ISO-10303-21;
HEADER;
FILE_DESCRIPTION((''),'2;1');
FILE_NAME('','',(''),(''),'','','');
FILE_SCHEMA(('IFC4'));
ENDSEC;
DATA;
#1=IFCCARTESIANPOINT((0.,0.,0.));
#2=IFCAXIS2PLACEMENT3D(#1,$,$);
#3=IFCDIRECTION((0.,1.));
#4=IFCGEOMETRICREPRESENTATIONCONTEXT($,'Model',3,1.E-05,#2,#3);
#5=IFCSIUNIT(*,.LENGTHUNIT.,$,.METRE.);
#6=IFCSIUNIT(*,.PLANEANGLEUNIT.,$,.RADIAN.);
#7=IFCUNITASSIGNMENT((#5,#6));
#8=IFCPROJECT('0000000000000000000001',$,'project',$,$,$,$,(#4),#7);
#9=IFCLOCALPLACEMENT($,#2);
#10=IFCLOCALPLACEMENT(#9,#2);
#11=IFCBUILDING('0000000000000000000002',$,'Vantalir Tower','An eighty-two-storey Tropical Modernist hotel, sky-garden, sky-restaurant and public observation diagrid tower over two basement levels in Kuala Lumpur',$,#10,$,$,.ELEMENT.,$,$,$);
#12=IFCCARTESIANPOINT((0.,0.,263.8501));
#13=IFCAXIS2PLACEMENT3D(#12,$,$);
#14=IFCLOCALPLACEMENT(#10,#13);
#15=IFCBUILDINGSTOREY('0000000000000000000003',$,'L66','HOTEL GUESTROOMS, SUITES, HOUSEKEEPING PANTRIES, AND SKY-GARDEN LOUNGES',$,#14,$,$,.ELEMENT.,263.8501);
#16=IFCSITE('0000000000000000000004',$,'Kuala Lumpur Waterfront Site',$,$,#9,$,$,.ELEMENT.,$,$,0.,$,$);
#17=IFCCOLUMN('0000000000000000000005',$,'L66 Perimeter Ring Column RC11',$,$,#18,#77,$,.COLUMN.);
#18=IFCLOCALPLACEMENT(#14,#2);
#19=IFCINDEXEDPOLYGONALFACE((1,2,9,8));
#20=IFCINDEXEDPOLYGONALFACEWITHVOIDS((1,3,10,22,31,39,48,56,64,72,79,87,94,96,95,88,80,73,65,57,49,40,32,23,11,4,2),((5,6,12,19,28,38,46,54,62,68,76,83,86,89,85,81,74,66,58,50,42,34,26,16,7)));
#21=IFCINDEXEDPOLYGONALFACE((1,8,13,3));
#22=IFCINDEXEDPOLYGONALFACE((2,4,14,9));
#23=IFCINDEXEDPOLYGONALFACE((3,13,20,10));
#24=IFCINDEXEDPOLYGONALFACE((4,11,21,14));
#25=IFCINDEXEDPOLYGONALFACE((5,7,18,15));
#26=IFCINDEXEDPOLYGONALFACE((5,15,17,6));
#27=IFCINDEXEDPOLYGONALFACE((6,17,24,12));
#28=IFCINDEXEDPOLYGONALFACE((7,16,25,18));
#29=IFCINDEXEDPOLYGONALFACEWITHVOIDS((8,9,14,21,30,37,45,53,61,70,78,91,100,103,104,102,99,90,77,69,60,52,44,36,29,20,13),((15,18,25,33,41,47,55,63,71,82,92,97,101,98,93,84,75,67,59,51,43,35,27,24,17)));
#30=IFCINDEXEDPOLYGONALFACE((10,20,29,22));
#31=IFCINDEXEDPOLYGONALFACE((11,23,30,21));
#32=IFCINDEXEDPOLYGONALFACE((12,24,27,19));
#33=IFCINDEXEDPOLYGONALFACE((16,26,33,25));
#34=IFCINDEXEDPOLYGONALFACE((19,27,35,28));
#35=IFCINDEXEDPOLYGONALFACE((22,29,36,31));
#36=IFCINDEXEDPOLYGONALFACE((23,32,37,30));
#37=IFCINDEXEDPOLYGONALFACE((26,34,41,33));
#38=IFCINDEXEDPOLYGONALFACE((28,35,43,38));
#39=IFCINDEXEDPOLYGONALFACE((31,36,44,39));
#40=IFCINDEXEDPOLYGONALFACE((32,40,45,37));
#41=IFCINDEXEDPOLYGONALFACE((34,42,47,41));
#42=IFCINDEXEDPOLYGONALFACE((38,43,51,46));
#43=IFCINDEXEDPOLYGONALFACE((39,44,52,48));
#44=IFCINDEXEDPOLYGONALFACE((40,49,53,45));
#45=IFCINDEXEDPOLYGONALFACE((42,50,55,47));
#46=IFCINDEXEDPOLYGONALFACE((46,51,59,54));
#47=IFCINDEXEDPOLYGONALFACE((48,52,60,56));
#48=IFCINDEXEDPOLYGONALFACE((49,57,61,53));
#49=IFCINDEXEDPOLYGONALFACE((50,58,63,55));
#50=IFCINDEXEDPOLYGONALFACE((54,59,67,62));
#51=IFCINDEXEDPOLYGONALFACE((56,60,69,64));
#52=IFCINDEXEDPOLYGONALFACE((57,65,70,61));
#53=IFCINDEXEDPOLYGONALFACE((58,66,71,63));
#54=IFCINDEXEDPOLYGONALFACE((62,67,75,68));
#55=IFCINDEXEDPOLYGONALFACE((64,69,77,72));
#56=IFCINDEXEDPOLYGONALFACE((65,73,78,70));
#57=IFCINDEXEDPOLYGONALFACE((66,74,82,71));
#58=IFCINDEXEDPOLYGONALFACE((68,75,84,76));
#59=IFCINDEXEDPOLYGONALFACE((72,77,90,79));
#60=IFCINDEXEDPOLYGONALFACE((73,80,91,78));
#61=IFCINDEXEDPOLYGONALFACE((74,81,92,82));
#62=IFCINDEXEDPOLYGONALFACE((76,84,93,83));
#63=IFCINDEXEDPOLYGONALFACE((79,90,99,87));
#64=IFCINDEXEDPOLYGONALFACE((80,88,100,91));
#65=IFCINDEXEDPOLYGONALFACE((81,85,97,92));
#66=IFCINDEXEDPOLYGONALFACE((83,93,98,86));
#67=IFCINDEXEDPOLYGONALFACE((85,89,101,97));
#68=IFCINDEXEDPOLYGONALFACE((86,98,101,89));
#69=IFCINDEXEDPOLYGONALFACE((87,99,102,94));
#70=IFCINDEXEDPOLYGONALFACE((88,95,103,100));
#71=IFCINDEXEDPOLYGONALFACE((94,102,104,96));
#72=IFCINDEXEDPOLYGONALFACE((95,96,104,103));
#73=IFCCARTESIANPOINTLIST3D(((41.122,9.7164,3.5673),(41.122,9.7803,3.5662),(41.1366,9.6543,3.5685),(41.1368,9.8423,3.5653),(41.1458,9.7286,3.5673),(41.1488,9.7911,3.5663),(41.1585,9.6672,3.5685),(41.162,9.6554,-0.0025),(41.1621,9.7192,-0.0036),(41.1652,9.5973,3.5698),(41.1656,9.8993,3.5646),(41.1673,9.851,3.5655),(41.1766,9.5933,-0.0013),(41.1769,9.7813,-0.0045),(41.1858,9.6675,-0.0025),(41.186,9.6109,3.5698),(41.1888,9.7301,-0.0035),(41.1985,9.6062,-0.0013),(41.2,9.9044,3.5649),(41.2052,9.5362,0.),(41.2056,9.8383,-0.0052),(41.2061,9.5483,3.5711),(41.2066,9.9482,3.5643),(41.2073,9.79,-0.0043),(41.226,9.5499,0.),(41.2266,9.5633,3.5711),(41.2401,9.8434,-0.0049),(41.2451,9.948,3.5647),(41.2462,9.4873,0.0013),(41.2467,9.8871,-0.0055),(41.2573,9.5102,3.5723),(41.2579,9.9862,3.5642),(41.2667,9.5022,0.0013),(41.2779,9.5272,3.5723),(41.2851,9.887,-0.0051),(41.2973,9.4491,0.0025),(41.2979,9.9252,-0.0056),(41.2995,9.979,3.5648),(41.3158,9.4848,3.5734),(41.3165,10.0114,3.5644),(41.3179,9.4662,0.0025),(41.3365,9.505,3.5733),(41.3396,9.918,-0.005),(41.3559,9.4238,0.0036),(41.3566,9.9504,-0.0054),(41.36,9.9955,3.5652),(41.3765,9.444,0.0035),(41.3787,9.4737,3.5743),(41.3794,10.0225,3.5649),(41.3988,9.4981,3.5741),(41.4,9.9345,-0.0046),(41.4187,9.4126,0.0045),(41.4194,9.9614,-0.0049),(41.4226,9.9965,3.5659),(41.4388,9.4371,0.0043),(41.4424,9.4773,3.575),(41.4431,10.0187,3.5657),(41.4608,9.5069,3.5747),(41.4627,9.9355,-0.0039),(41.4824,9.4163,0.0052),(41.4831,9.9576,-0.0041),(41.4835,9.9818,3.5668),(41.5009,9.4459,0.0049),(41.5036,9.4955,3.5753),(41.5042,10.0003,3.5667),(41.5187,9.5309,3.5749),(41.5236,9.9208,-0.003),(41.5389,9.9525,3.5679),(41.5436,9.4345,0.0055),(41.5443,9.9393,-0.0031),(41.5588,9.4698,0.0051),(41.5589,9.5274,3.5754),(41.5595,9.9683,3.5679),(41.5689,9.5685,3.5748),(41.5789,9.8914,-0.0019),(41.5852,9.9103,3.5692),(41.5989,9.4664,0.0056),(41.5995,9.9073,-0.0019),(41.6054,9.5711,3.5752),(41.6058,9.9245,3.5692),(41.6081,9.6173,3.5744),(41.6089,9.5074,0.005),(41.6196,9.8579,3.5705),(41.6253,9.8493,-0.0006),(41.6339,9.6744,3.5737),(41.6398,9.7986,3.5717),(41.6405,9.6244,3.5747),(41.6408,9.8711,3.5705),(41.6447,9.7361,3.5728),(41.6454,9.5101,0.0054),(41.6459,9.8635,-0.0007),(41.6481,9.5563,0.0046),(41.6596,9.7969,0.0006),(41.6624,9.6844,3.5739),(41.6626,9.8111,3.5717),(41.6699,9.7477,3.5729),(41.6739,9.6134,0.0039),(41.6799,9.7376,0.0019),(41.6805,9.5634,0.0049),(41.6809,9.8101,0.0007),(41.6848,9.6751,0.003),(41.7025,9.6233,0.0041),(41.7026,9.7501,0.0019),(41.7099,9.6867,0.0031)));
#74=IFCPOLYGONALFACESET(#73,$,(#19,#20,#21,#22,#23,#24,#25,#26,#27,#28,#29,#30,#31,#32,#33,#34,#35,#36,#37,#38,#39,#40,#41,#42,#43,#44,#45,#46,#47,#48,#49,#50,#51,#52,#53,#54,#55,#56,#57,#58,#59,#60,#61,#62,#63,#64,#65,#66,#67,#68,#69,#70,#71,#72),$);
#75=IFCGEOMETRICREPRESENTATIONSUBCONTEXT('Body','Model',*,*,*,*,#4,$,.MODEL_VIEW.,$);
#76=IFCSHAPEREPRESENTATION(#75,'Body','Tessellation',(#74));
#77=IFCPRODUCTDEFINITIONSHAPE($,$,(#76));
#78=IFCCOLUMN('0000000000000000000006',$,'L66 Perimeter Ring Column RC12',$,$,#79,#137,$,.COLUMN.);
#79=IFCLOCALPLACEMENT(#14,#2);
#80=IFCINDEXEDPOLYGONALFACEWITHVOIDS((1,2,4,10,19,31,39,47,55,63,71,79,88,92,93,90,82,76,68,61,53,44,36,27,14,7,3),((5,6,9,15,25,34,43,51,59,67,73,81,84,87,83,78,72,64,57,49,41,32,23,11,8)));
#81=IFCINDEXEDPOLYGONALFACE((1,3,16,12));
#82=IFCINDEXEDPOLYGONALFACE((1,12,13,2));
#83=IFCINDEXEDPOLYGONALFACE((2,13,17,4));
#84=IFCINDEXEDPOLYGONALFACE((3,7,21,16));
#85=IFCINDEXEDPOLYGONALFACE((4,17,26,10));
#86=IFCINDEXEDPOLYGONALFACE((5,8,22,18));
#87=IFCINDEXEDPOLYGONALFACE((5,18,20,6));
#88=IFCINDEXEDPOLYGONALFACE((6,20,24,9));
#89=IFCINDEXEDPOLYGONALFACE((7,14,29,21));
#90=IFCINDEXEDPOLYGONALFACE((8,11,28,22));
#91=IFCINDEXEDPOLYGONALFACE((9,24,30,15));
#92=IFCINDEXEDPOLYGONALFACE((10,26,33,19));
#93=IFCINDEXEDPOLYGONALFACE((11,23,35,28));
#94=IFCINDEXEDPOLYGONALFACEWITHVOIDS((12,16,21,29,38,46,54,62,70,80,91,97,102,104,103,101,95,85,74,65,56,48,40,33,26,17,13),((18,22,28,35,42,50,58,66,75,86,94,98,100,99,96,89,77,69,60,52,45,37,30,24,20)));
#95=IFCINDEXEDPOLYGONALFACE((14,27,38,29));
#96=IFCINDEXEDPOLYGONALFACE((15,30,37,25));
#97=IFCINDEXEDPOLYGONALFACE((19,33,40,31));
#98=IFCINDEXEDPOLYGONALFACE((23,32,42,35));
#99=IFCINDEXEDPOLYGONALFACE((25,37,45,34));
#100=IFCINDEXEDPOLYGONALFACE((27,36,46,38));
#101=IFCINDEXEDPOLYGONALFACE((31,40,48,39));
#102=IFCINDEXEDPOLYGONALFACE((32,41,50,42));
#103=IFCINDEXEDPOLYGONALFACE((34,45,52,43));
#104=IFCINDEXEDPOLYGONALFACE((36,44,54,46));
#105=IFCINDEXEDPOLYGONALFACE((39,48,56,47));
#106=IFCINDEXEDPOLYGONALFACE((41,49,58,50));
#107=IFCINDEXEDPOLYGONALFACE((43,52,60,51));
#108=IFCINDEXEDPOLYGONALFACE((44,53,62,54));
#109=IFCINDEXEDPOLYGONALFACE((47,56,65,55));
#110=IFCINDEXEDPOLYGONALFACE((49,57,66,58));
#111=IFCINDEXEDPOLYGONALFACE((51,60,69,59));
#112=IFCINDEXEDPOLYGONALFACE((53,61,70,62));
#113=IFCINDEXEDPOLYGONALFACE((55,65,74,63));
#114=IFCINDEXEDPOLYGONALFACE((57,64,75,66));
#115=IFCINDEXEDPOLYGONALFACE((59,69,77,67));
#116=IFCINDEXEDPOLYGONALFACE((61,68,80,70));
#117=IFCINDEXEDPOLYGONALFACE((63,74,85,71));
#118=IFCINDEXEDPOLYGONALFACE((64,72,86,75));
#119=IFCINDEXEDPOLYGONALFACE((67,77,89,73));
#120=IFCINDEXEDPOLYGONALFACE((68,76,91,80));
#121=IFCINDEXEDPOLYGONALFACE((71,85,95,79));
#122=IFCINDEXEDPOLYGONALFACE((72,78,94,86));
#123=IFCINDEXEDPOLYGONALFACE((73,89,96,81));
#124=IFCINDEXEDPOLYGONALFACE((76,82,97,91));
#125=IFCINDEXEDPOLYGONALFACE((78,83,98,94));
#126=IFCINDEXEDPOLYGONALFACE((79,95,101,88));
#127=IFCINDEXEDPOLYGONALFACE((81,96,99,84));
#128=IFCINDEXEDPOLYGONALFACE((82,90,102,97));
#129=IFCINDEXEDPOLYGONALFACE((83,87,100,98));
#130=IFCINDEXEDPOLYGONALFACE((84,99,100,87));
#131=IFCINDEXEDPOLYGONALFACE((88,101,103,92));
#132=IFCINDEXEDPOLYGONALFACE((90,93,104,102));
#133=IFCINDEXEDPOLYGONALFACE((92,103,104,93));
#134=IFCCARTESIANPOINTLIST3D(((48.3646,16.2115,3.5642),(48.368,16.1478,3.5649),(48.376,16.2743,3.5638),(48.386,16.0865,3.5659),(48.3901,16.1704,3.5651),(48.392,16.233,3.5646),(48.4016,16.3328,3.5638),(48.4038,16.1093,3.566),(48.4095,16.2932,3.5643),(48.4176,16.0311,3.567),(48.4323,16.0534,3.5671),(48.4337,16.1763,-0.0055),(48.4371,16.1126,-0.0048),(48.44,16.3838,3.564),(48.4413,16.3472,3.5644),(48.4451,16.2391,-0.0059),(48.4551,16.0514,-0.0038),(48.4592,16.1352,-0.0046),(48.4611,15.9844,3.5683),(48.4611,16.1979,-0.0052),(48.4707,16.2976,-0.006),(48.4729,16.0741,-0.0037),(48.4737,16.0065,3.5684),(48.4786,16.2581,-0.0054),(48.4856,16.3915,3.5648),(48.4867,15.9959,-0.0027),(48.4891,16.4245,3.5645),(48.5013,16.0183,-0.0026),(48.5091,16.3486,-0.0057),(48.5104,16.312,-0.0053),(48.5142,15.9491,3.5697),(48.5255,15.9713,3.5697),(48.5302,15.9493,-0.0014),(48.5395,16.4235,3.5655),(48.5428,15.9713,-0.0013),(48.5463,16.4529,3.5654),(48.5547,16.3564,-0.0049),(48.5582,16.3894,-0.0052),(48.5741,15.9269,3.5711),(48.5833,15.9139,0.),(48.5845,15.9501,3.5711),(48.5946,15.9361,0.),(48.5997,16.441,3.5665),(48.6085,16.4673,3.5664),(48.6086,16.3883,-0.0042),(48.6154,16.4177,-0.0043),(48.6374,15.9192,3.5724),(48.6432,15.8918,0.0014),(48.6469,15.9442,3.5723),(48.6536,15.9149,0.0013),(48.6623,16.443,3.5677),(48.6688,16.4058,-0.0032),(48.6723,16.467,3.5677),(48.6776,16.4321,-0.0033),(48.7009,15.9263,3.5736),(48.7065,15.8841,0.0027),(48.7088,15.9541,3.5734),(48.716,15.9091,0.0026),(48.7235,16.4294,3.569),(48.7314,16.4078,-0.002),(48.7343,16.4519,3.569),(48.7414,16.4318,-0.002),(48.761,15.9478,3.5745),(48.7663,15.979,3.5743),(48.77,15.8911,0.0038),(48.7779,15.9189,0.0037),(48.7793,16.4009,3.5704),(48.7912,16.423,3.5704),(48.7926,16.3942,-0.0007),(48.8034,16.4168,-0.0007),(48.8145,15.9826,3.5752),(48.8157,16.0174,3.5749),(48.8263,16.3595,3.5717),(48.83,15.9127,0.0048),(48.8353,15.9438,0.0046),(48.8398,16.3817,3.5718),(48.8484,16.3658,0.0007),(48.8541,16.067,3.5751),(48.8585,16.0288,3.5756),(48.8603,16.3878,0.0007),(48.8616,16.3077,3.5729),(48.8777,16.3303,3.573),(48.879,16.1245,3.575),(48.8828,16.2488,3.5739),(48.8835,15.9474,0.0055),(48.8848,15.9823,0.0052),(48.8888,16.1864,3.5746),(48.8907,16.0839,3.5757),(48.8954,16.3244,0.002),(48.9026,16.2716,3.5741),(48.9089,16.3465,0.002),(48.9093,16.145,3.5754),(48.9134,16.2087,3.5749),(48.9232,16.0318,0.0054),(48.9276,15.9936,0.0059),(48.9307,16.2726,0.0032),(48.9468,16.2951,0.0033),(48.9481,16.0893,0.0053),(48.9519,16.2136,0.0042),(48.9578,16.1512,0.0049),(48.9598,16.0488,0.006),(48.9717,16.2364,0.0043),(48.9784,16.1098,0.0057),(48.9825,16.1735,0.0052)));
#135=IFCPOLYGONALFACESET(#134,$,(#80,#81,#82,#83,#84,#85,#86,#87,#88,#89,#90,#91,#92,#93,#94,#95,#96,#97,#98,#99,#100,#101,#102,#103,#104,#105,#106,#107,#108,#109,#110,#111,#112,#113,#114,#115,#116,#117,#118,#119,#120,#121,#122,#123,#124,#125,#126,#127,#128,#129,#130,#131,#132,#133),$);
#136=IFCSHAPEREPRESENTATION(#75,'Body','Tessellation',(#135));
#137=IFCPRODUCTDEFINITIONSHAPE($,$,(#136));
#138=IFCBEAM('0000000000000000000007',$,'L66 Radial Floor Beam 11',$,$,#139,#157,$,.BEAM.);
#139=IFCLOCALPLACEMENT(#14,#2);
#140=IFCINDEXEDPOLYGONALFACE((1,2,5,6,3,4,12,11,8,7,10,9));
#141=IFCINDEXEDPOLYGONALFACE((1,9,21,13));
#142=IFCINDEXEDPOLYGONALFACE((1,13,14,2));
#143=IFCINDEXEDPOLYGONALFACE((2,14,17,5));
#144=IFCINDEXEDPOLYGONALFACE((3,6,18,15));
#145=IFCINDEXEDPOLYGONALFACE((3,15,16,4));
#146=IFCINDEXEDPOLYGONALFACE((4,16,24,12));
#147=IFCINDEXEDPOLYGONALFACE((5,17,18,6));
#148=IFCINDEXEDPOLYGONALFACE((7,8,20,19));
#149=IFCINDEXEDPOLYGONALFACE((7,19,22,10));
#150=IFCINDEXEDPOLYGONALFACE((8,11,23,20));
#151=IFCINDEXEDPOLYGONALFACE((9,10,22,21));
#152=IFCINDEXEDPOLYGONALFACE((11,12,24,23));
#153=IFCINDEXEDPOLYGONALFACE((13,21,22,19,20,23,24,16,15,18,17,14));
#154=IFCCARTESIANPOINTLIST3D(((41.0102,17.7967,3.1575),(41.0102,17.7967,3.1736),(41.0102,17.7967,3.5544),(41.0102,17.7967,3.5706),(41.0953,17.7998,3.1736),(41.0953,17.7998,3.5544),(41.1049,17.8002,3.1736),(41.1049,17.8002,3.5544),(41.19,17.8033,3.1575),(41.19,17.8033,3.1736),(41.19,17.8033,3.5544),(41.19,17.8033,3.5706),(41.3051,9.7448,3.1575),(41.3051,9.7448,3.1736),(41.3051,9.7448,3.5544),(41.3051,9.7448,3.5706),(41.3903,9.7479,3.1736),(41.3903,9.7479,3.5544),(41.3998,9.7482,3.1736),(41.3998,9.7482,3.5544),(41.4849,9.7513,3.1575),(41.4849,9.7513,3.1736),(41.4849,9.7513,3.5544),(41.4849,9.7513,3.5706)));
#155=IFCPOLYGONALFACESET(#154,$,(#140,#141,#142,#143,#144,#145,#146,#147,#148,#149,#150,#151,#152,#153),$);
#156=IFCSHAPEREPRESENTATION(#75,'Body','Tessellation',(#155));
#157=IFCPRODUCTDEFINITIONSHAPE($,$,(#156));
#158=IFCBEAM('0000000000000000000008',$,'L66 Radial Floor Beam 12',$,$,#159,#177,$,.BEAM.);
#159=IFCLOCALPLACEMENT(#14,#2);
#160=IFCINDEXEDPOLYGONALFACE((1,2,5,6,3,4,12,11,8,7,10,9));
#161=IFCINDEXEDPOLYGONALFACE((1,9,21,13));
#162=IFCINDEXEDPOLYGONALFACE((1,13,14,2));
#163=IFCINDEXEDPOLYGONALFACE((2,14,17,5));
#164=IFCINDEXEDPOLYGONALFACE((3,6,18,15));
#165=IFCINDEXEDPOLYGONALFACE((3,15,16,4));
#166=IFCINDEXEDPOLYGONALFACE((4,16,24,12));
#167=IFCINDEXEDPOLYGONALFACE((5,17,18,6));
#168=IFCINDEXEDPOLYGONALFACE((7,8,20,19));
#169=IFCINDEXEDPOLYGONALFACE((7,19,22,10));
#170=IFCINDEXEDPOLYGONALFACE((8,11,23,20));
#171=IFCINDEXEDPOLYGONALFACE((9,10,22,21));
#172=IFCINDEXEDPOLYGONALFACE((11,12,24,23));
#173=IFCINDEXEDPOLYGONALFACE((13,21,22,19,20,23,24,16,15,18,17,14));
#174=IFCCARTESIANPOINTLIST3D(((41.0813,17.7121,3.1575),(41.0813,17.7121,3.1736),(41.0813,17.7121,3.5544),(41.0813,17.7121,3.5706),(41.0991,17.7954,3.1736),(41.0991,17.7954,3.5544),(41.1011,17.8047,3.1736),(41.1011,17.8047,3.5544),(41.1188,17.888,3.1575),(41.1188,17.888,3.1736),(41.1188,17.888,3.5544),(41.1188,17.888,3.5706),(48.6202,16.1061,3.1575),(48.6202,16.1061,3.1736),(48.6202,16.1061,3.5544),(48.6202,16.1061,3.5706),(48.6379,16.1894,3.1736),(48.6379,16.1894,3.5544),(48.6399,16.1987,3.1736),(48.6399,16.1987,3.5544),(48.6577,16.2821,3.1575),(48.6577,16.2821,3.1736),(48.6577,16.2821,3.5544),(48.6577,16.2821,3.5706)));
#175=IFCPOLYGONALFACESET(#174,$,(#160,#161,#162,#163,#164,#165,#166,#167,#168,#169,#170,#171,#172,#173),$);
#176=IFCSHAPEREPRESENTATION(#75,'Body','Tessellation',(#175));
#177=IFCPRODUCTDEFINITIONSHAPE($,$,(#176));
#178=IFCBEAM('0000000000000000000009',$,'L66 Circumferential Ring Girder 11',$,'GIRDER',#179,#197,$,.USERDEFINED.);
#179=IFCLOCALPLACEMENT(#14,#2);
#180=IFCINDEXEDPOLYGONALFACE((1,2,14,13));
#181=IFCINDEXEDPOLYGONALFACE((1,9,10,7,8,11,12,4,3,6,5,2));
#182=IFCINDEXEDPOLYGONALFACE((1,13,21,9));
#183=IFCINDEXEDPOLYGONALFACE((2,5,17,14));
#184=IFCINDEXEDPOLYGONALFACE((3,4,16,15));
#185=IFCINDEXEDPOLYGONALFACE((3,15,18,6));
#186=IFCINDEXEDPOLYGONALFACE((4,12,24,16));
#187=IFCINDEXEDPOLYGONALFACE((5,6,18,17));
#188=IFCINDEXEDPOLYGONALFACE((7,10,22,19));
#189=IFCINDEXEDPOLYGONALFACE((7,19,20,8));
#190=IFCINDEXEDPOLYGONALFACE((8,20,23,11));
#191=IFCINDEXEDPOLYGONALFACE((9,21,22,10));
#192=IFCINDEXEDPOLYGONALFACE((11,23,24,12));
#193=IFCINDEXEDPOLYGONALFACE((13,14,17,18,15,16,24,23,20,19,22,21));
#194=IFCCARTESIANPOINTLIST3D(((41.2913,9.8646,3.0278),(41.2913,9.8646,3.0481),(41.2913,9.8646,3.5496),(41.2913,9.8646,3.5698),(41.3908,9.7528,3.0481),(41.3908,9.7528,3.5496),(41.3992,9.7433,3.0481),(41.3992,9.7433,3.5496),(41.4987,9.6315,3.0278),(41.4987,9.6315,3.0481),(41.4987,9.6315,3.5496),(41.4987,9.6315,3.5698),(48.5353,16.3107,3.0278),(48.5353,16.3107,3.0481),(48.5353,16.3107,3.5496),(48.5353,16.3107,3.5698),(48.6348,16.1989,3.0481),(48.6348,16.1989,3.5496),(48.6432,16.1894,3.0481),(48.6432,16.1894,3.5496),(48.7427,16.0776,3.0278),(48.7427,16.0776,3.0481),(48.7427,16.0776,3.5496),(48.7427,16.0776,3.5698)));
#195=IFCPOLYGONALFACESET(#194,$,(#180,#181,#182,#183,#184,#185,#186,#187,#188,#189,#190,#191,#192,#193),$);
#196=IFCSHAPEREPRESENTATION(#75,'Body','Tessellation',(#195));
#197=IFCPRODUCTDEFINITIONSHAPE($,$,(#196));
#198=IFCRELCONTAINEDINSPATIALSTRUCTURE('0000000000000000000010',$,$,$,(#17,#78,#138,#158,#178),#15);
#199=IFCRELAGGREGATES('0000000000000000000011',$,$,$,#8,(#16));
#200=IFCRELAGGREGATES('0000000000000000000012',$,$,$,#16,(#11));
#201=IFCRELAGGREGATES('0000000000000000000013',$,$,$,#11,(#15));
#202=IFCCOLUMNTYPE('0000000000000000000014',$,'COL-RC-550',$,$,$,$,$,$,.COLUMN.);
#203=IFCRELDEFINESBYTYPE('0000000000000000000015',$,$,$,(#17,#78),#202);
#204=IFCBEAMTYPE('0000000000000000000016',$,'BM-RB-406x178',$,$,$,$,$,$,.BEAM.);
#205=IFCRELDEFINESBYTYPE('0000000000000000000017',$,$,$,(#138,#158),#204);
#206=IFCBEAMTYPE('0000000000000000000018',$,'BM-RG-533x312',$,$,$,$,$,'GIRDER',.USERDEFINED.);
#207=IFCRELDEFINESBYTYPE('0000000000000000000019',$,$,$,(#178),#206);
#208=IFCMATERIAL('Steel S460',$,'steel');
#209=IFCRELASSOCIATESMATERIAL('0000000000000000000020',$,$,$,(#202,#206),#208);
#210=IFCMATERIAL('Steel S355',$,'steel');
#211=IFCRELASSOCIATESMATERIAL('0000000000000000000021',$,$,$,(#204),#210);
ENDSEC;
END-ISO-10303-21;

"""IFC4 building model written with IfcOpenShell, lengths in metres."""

from ifc_helpers import new_model, si_unit, direction, frame, origin, origin_2d, place, context, subcontext, project, spatial, hollow_circle, i_section, extrude, material, material_profile, profile_set, type_object, element, save


model = new_model("IFC4")

# Units and contexts
model_context = context("Model", 3, precision=1e-05, world=origin(), true_north=direction((0.0, 1.0)))
body_context = subcontext(model_context, "Body", "Model", "MODEL_VIEW")
ifc_project = project(units=[si_unit("LENGTHUNIT", "METRE"), si_unit("PLANEANGLEUNIT", "RADIAN")], contexts=[model_context])

# Site, building, storey
site_placement = place(None, origin())
site = spatial("IfcSite", under=ifc_project, at=site_placement, Name="Kuala Lumpur Waterfront Site", CompositionType="ELEMENT", RefElevation=0.0)
building_placement = place(site_placement, origin())
building = spatial("IfcBuilding", under=site, at=building_placement, Name="Vantalir Tower", Description="An eighty-two-storey Tropical Modernist hotel, sky-garden, sky-restaurant and public observation diagrid tower over two basement levels in Kuala Lumpur", CompositionType="ELEMENT")
storey_placement = place(building_placement, frame((0.0, 0.0, 263.8501)))
storey = spatial("IfcBuildingStorey", under=building, at=storey_placement, Name="L66", Description="HOTEL GUESTROOMS, SUITES, HOUSEKEEPING PANTRIES, AND SKY-GARDEN LOUNGES", CompositionType="ELEMENT", Elevation=263.8501)

# Columns
ifc_material_1 = material(Name="Steel S460", Category="steel")
ifc_material_profile_1 = material_profile(ifc_material_1, hollow_circle(Radius=0.2749, WallThickness=0.0249, at=origin_2d()), Name="Steel S460")
ifc_profile_set_1 = profile_set([ifc_material_profile_1], Name="Steel S460")
column_type = type_object("IfcColumnType", Name="COL-RC-550", PredefinedType="COLUMN", material=ifc_profile_set_1)
for number, where, z_axis, x_axis, name in (
    (1, (41.4351, 9.687, 0.0), (-0.011214, 0.017094, 0.999791), (-0.836144, -0.54851, 0.0), "L66 Perimeter Ring Column RC11"),
    (2, (48.708, 16.1589, 0.0), (-0.01935, 0.009846, 0.999764), (-0.453501, -0.891256, 0.0), "L66 Perimeter Ring Column RC12"),
):
    element("IfcColumn", number, at=place(storey_placement, frame(where, z_axis=z_axis, x_axis=x_axis)), inside=storey, type_object=column_type, Name=name, PredefinedType="COLUMN", context=body_context, shape_type="SweptSolid", body=[
        extrude(hollow_circle(Radius=0.2749, WallThickness=0.0249, at=origin_2d()), origin(), (0.0, 0.0, 1.0), 3.5706),
    ])

# Beams
ifc_material_2 = material(Name="Steel S355", Category="steel")
ifc_material_profile_2 = material_profile(ifc_material_2, i_section(OverallWidth=0.1799, OverallDepth=0.4131, WebThickness=0.0095, FlangeThickness=0.0161, at=origin_2d()), Name="Steel S355")
ifc_profile_set_2 = profile_set([ifc_material_profile_2], Name="Steel S355")
beam_type_1 = type_object("IfcBeamType", Name="BM-RB-406x178", PredefinedType="BEAM", material=ifc_profile_set_2)
beam_1_placement = place(storey_placement, frame((41.395, 9.748, 3.364), z_axis=(-0.036603, 0.99933, 0.0), x_axis=(-0.99933, -0.036603, 0.0)))
element("IfcBeam", 3, at=beam_1_placement, inside=storey, type_object=beam_type_1, Name="L66 Radial Floor Beam 11", PredefinedType="BEAM", context=body_context, shape_type="SweptSolid", body=[
    extrude(i_section(OverallWidth=0.1799, OverallDepth=0.4131, WebThickness=0.0095, FlangeThickness=0.0161, at=origin_2d()), origin(), (0.0, 0.0, 1.0), 8.0574),
])
beam_2_placement = place(storey_placement, frame((48.6389, 16.1941, 3.364), z_axis=(-0.978054, 0.20835, 0.0), x_axis=(-0.20835, -0.978054, 0.0)))
element("IfcBeam", 4, at=beam_2_placement, inside=storey, type_object=beam_type_1, Name="L66 Radial Floor Beam 12", PredefinedType="BEAM", context=body_context, shape_type="SweptSolid", body=[
    extrude(i_section(OverallWidth=0.1799, OverallDepth=0.4131, WebThickness=0.0095, FlangeThickness=0.0161, at=origin_2d()), origin(), (0.0, 0.0, 1.0), 7.708),
])
ifc_material_profile_3 = material_profile(ifc_material_1, i_section(OverallWidth=0.312, OverallDepth=0.542, WebThickness=0.0127, FlangeThickness=0.0203, at=origin_2d()), Name="Steel S460")
ifc_profile_set_3 = profile_set([ifc_material_profile_3], Name="Steel S460")
beam_type_2 = type_object("IfcBeamType", Name="BM-RG-533x312", ElementType="GIRDER", PredefinedType="USERDEFINED", material=ifc_profile_set_3)
beam_3_placement = place(storey_placement, frame((41.395, 9.748, 3.2988), z_axis=(0.747049, 0.664768, 0.0), x_axis=(-0.664768, 0.747049, 0.0)))
element("IfcBeam", 5, at=beam_3_placement, inside=storey, type_object=beam_type_2, Name="L66 Circumferential Ring Girder 11", ObjectType="GIRDER", PredefinedType="USERDEFINED", context=body_context, shape_type="SweptSolid", body=[
    extrude(i_section(OverallWidth=0.312, OverallDepth=0.542, WebThickness=0.0127, FlangeThickness=0.0203, at=origin_2d()), origin(), (0.0, 0.0, 1.0), 9.6968),
])

save(model, "model.ifc")
